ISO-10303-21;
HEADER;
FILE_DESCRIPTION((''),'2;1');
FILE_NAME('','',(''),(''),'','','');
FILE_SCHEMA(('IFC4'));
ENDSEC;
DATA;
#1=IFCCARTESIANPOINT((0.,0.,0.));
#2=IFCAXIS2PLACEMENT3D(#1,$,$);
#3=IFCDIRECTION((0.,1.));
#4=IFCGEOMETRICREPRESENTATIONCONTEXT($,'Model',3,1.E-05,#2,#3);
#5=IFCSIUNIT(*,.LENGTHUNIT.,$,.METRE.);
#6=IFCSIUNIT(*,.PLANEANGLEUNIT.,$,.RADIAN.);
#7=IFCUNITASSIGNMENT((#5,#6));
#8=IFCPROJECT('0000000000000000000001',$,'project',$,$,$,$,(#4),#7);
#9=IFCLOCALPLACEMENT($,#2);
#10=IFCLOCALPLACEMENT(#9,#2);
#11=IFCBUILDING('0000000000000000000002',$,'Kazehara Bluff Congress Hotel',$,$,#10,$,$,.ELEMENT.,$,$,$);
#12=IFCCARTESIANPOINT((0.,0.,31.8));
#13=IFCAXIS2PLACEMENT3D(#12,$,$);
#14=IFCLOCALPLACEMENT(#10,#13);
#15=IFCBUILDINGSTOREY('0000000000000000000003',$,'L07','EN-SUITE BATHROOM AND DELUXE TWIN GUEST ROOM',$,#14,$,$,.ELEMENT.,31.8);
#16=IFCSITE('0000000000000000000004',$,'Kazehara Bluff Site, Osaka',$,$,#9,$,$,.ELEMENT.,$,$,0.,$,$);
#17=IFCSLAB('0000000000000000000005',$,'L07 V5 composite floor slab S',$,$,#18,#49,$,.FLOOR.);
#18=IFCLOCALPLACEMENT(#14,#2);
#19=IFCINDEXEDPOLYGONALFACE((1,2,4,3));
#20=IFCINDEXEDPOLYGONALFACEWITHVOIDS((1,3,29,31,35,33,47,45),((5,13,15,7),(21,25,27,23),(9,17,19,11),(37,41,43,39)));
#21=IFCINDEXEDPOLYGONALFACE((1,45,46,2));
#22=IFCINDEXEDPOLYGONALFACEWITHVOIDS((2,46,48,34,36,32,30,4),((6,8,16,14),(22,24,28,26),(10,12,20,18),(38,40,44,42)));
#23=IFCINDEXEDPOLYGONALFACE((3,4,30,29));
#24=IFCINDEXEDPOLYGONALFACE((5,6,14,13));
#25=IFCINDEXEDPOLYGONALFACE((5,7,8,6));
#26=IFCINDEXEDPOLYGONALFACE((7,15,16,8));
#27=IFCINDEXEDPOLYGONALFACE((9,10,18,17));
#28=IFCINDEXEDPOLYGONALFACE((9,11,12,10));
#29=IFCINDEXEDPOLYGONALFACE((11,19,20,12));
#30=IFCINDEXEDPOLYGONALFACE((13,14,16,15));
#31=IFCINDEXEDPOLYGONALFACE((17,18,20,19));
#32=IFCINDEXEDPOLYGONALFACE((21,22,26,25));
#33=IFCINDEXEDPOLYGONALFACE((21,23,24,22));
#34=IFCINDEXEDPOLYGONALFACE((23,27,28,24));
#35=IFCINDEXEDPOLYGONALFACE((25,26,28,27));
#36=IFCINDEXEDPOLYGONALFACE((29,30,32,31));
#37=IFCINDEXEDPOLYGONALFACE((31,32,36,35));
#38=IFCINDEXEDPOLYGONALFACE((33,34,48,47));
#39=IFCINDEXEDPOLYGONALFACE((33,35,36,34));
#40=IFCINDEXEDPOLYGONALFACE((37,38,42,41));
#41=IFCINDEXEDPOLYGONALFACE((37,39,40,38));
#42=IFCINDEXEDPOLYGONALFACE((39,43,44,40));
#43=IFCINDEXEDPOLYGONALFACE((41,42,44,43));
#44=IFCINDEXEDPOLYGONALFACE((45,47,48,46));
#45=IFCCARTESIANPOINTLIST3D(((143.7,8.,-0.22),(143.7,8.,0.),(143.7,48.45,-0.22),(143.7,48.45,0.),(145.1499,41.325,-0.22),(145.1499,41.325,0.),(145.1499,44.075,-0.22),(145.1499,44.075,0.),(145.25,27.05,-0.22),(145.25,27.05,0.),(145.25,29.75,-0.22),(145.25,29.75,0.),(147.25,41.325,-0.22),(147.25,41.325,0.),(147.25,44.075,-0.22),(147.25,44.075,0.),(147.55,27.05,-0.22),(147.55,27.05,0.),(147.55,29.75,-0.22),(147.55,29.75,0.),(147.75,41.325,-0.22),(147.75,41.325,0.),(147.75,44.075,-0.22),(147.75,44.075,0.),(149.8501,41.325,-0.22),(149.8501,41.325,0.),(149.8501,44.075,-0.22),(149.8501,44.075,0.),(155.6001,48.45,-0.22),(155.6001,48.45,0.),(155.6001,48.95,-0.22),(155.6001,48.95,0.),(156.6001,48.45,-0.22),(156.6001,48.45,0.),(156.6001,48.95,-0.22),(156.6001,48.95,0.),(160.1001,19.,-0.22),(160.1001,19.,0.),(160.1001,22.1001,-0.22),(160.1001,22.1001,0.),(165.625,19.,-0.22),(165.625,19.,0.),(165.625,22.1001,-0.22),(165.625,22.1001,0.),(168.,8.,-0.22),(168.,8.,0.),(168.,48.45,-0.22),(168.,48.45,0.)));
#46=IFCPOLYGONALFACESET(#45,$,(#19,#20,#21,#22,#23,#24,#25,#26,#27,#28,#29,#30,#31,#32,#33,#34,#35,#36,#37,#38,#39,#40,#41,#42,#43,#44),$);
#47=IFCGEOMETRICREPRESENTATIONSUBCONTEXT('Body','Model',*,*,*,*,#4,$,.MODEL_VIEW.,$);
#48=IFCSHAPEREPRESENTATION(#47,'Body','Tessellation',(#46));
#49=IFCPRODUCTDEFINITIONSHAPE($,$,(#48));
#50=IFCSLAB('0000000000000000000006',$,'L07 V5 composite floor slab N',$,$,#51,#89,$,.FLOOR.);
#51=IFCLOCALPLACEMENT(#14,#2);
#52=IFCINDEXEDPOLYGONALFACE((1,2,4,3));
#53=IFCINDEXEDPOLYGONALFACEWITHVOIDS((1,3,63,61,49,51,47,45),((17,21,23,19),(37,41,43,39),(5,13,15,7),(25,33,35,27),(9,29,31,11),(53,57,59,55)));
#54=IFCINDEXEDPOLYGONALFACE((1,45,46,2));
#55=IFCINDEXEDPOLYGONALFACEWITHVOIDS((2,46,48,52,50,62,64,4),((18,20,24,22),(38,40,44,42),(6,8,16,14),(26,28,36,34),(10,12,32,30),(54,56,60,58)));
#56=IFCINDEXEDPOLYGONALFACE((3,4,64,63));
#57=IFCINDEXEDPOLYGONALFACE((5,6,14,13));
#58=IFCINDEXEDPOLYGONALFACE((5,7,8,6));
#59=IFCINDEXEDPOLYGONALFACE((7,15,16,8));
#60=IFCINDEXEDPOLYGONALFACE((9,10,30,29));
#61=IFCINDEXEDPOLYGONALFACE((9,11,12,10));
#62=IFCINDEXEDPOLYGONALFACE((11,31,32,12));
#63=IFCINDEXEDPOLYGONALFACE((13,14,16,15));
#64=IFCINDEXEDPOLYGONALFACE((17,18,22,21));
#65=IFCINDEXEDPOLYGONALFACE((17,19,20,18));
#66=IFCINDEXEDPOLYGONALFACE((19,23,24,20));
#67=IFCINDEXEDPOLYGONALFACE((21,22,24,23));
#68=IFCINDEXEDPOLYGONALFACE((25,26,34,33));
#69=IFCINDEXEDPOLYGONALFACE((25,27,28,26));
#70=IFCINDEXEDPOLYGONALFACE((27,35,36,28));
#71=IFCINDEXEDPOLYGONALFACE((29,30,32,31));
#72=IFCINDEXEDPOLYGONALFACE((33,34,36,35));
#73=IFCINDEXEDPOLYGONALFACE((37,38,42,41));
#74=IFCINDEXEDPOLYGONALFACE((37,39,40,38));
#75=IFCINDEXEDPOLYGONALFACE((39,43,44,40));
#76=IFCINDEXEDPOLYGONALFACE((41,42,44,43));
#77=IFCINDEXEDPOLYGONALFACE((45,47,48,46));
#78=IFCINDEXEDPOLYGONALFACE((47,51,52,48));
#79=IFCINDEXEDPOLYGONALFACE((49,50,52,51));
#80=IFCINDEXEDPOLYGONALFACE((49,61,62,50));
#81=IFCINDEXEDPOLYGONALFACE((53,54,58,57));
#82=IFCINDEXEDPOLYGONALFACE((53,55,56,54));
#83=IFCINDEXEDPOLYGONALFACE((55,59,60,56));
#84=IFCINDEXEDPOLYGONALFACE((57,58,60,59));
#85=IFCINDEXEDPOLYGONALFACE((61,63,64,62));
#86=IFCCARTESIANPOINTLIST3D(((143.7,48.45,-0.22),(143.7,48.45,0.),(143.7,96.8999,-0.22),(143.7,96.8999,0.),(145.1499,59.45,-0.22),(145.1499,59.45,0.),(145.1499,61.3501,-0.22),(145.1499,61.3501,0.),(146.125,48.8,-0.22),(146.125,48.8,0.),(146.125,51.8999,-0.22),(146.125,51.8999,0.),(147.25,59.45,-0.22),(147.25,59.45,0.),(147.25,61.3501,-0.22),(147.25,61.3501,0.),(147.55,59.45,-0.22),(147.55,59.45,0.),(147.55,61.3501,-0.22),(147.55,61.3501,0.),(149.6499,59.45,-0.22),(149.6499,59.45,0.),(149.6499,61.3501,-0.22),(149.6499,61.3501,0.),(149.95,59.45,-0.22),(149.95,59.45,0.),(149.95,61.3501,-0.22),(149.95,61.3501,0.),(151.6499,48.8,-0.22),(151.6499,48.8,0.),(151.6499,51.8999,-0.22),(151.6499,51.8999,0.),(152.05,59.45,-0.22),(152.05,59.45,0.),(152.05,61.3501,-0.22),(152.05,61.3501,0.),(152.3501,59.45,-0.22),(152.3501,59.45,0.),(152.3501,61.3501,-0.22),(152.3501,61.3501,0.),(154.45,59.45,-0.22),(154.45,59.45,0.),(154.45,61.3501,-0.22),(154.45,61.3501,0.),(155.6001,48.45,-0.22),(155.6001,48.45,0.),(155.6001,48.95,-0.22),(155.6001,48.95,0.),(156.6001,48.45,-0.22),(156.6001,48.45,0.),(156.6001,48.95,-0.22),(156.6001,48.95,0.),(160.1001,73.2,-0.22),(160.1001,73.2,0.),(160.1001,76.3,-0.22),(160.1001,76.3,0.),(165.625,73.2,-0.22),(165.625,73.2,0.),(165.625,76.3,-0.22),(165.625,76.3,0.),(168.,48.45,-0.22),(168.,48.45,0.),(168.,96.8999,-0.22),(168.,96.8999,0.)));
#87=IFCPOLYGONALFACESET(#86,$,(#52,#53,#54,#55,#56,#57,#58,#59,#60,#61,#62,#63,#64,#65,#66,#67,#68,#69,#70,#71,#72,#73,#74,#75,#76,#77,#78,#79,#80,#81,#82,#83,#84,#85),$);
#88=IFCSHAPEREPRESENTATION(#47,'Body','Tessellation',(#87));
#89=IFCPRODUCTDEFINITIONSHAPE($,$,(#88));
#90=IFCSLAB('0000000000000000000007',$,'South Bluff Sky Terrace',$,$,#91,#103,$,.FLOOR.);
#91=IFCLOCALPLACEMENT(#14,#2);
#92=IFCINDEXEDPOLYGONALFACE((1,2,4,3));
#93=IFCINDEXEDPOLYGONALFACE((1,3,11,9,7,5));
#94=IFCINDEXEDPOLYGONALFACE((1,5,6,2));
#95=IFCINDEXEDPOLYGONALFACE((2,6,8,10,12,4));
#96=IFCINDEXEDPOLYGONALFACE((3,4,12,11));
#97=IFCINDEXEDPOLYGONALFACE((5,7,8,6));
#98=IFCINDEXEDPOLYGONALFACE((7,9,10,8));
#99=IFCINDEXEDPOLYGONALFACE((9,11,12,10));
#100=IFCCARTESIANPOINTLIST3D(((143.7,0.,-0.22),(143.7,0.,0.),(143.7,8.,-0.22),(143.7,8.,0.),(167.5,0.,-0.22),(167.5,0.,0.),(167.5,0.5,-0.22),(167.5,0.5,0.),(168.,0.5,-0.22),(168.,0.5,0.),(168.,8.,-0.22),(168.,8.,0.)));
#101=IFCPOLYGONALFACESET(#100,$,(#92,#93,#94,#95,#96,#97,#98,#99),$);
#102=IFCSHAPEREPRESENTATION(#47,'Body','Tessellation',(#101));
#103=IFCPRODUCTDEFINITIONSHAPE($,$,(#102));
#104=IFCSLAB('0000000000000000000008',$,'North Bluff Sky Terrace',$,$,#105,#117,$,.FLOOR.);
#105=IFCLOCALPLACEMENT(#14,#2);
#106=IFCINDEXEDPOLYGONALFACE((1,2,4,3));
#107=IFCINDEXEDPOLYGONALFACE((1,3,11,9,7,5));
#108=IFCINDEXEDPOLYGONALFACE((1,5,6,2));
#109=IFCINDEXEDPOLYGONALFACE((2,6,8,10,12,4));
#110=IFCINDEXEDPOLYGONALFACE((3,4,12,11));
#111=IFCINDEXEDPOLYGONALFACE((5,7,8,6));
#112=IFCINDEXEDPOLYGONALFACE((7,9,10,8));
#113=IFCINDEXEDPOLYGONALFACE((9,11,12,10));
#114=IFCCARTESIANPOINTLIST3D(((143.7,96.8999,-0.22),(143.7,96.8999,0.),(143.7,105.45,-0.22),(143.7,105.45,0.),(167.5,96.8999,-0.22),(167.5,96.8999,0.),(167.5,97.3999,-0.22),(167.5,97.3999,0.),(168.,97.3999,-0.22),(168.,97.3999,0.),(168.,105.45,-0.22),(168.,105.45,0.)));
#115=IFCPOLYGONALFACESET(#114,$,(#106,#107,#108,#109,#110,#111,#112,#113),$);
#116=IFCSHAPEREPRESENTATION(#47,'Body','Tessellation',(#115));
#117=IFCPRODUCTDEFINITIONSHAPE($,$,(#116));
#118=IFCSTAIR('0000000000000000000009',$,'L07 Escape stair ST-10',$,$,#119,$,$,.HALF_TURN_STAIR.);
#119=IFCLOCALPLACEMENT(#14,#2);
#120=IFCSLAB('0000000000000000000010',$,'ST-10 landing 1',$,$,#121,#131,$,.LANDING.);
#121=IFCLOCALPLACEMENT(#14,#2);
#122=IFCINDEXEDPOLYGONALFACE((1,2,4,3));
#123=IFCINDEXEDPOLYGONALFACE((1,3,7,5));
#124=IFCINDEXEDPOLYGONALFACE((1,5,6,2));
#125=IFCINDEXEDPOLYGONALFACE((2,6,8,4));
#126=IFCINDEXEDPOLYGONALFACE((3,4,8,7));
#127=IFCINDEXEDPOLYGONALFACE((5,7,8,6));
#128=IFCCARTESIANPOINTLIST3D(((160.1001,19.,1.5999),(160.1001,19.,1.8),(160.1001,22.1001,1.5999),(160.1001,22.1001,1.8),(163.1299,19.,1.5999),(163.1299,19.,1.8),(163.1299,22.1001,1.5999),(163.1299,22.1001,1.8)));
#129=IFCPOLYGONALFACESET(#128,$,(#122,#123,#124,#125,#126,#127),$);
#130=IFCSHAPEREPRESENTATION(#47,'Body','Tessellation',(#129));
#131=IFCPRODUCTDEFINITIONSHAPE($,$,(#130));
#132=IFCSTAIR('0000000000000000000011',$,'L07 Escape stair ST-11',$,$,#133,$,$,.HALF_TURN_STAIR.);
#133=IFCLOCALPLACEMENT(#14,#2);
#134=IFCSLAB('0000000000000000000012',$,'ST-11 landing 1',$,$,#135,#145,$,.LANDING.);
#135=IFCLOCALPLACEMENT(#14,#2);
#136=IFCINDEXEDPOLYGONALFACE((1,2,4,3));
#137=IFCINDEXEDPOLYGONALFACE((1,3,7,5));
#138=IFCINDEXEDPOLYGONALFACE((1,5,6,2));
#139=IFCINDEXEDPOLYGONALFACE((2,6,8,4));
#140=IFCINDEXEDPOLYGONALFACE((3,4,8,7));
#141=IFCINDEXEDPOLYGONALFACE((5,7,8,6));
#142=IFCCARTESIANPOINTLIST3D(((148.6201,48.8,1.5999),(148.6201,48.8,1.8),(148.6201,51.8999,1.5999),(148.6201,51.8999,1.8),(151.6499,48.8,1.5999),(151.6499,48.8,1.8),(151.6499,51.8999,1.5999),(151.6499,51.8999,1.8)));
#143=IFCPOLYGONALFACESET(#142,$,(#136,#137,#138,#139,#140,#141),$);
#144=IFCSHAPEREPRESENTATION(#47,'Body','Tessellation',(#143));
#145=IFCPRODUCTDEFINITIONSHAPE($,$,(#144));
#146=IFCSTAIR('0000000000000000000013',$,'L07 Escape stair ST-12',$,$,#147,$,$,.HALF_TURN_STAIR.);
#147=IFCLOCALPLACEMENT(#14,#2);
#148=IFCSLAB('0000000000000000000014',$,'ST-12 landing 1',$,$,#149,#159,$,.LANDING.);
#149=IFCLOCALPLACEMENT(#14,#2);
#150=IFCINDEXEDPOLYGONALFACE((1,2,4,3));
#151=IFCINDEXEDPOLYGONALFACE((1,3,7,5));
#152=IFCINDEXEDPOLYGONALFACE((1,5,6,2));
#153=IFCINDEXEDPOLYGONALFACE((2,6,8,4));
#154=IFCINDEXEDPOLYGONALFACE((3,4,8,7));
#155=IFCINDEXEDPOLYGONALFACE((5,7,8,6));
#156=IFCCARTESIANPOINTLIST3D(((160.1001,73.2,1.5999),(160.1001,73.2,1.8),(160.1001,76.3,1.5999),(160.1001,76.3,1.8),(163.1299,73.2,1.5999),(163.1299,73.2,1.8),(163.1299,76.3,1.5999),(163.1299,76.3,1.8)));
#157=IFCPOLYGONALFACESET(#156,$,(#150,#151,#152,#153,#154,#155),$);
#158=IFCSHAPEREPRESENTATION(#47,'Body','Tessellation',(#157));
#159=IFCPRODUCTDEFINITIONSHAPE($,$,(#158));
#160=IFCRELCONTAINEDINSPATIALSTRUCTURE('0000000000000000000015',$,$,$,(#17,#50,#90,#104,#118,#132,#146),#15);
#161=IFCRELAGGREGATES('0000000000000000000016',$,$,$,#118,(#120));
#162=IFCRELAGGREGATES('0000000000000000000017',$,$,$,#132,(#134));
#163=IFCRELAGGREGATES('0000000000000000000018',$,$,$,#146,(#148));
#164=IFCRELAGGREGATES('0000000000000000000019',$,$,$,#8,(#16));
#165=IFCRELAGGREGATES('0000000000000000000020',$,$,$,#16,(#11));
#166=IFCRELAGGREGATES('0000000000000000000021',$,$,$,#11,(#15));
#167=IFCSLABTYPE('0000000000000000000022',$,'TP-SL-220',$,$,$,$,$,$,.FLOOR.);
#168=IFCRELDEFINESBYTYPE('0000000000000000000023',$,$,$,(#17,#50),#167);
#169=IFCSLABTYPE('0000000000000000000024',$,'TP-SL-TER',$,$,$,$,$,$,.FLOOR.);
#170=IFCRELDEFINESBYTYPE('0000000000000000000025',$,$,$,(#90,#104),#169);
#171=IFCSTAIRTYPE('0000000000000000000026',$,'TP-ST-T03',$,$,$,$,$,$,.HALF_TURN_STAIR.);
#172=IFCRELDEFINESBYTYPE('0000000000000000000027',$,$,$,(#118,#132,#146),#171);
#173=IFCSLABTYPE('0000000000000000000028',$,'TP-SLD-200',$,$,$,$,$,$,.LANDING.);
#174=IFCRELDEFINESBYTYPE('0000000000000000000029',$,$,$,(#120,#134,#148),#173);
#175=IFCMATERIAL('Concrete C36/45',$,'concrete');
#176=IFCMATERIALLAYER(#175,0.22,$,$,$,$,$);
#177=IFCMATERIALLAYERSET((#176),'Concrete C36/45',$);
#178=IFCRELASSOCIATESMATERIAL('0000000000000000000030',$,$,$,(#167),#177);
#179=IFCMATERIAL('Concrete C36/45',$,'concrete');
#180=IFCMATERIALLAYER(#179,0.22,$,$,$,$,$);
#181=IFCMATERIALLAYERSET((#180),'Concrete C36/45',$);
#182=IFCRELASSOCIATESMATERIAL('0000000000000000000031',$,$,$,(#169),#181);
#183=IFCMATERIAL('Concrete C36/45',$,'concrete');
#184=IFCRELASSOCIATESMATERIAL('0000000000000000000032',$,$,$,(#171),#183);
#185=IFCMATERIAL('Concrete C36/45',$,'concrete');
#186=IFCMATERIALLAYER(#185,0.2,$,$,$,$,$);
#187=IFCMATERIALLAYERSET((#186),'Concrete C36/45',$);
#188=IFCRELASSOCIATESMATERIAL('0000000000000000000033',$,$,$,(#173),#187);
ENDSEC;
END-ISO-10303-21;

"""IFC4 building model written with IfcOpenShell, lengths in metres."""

from ifc_helpers import new_model, si_unit, direction, frame, origin, place, context, subcontext, project, spatial, polyline, outline, extrude, material, layer, layer_set, type_object, element, aggregate, save


model = new_model("IFC4")

# Units and contexts
model_context = context("Model", 3, precision=1e-05, world=origin(), true_north=direction((0.0, 1.0)))
body_context = subcontext(model_context, "Body", "Model", "MODEL_VIEW")
ifc_project = project(units=[si_unit("LENGTHUNIT", "METRE"), si_unit("PLANEANGLEUNIT", "RADIAN")], contexts=[model_context])

# Site, building, storey
site_placement = place(None, origin())
site = spatial("IfcSite", under=ifc_project, at=site_placement, Name="Kazehara Bluff Site, Osaka", CompositionType="ELEMENT", RefElevation=0.0)
building_placement = place(site_placement, origin())
building = spatial("IfcBuilding", under=site, at=building_placement, Name="Kazehara Bluff Congress Hotel", CompositionType="ELEMENT")
storey_placement = place(building_placement, frame((0.0, 0.0, 31.8)))
storey = spatial("IfcBuildingStorey", under=building, at=storey_placement, Name="L07", Description="EN-SUITE BATHROOM AND DELUXE TWIN GUEST ROOM", CompositionType="ELEMENT", Elevation=31.8)

# Slabs
ifc_material_1 = material(Name="Concrete C36/45", Category="concrete")
ifc_layer_1 = layer(ifc_material_1, 0.22)
ifc_layer_set_1 = layer_set([ifc_layer_1], Name="Concrete C36/45")
slab_type_1 = type_object("IfcSlabType", Name="TP-SL-220", PredefinedType="FLOOR", material=ifc_layer_set_1)
slab_1_placement = place(storey_placement, frame((0.0, 0.0, -0.22)))
element("IfcSlab", 1, at=slab_1_placement, inside=storey, type_object=slab_type_1, Name="L07 V5 composite floor slab S", PredefinedType="FLOOR", context=body_context, shape_type="SweptSolid", body=[
    extrude(outline(polyline([(143.7, 8.0), (143.7, 48.45), (155.6001, 48.45), (155.6001, 48.95), (156.6001, 48.95), (156.6001, 48.45), (168.0, 48.45), (168.0, 8.0), (143.7, 8.0)]), holes=[polyline([(165.625, 22.1001), (160.1001, 22.1001), (160.1001, 19.0), (165.625, 19.0), (165.625, 22.1001)]), polyline([(145.1499, 41.325), (147.25, 41.325), (147.25, 44.075), (145.1499, 44.075), (145.1499, 41.325)]), polyline([(147.75, 41.325), (149.8501, 41.325), (149.8501, 44.075), (147.75, 44.075), (147.75, 41.325)]), polyline([(145.25, 27.05), (147.55, 27.05), (147.55, 29.75), (145.25, 29.75), (145.25, 27.05)])]), origin(), (0.0, 0.0, 1.0), 0.22),
])
slab_2_placement = place(storey_placement, frame((0.0, 0.0, -0.22)))
element("IfcSlab", 2, at=slab_2_placement, inside=storey, type_object=slab_type_1, Name="L07 V5 composite floor slab N", PredefinedType="FLOOR", context=body_context, shape_type="SweptSolid", body=[
    extrude(outline(polyline([(168.0, 96.8999), (168.0, 48.45), (156.6001, 48.45), (156.6001, 48.95), (155.6001, 48.95), (155.6001, 48.45), (143.7, 48.45), (143.7, 96.8999), (168.0, 96.8999)]), holes=[polyline([(146.125, 48.8), (151.6499, 48.8), (151.6499, 51.8999), (146.125, 51.8999), (146.125, 48.8)]), polyline([(165.625, 76.3), (160.1001, 76.3), (160.1001, 73.2), (165.625, 73.2), (165.625, 76.3)]), polyline([(145.1499, 59.45), (147.25, 59.45), (147.25, 61.3501), (145.1499, 61.3501), (145.1499, 59.45)]), polyline([(147.55, 59.45), (149.6499, 59.45), (149.6499, 61.3501), (147.55, 61.3501), (147.55, 59.45)]), polyline([(149.95, 59.45), (152.05, 59.45), (152.05, 61.3501), (149.95, 61.3501), (149.95, 59.45)]), polyline([(152.3501, 59.45), (154.45, 59.45), (154.45, 61.3501), (152.3501, 61.3501), (152.3501, 59.45)])]), origin(), (0.0, 0.0, 1.0), 0.22),
])
ifc_material_2 = material(Name="Concrete C36/45", Category="concrete")
ifc_layer_2 = layer(ifc_material_2, 0.22)
ifc_layer_set_2 = layer_set([ifc_layer_2], Name="Concrete C36/45")
slab_type_2 = type_object("IfcSlabType", Name="TP-SL-TER", PredefinedType="FLOOR", material=ifc_layer_set_2)
slab_3_placement = place(storey_placement, frame((0.0, 0.0, -0.22)))
element("IfcSlab", 3, at=slab_3_placement, inside=storey, type_object=slab_type_2, Name="South Bluff Sky Terrace", PredefinedType="FLOOR", context=body_context, shape_type="SweptSolid", body=[
    extrude(outline(polyline([(143.7, 0.0), (167.5, 0.0), (167.5, 0.5), (168.0, 0.5), (168.0, 8.0), (143.7, 8.0), (143.7, 0.0)])), origin(), (0.0, 0.0, 1.0), 0.22),
])
slab_4_placement = place(storey_placement, frame((0.0, 0.0, -0.22)))
element("IfcSlab", 4, at=slab_4_placement, inside=storey, type_object=slab_type_2, Name="North Bluff Sky Terrace", PredefinedType="FLOOR", context=body_context, shape_type="SweptSolid", body=[
    extrude(outline(polyline([(143.7, 96.8999), (167.5, 96.8999), (167.5, 97.3999), (168.0, 97.3999), (168.0, 105.45), (143.7, 105.45), (143.7, 96.8999)])), origin(), (0.0, 0.0, 1.0), 0.22),
])

# Stairs, slabs
ifc_material_3 = material(Name="Concrete C36/45", Category="concrete")
stair_type = type_object("IfcStairType", Name="TP-ST-T03", PredefinedType="HALF_TURN_STAIR", material=ifc_material_3)
stair_1_placement = place(storey_placement, origin())
stair_1 = element("IfcStair", 5, at=stair_1_placement, inside=storey, type_object=stair_type, Name="L07 Escape stair ST-10", PredefinedType="HALF_TURN_STAIR")
ifc_material_4 = material(Name="Concrete C36/45", Category="concrete")
ifc_layer_3 = layer(ifc_material_4, 0.2)
ifc_layer_set_3 = layer_set([ifc_layer_3], Name="Concrete C36/45")
slab_type_3 = type_object("IfcSlabType", Name="TP-SLD-200", PredefinedType="LANDING", material=ifc_layer_set_3)
slab_5_placement = place(storey_placement, frame((0.0, 0.0, 1.5999)))
slab_5 = element("IfcSlab", 6, at=slab_5_placement, type_object=slab_type_3, Name="ST-10 landing 1", PredefinedType="LANDING", context=body_context, shape_type="SweptSolid", body=[
    extrude(outline(polyline([(163.1299, 22.1001), (160.1001, 22.1001), (160.1001, 19.0), (163.1299, 19.0), (163.1299, 22.1001)])), origin(), (0.0, 0.0, 1.0), 0.2002),
])
aggregate(stair_1, [slab_5])
stair_2_placement = place(storey_placement, origin())
stair_2 = element("IfcStair", 7, at=stair_2_placement, inside=storey, type_object=stair_type, Name="L07 Escape stair ST-11", PredefinedType="HALF_TURN_STAIR")
slab_6_placement = place(storey_placement, frame((0.0, 0.0, 1.5999)))
slab_6 = element("IfcSlab", 8, at=slab_6_placement, type_object=slab_type_3, Name="ST-11 landing 1", PredefinedType="LANDING", context=body_context, shape_type="SweptSolid", body=[
    extrude(outline(polyline([(148.6201, 48.8), (151.6499, 48.8), (151.6499, 51.8999), (148.6201, 51.8999), (148.6201, 48.8)])), origin(), (0.0, 0.0, 1.0), 0.2002),
])
aggregate(stair_2, [slab_6])
stair_3_placement = place(storey_placement, origin())
stair_3 = element("IfcStair", 9, at=stair_3_placement, inside=storey, type_object=stair_type, Name="L07 Escape stair ST-12", PredefinedType="HALF_TURN_STAIR")
slab_7_placement = place(storey_placement, frame((0.0, 0.0, 1.5999)))
slab_7 = element("IfcSlab", 10, at=slab_7_placement, type_object=slab_type_3, Name="ST-12 landing 1", PredefinedType="LANDING", context=body_context, shape_type="SweptSolid", body=[
    extrude(outline(polyline([(163.1299, 76.3), (160.1001, 76.3), (160.1001, 73.2), (163.1299, 73.2), (163.1299, 76.3)])), origin(), (0.0, 0.0, 1.0), 0.2002),
])
aggregate(stair_3, [slab_7])

save(model, "model.ifc")
